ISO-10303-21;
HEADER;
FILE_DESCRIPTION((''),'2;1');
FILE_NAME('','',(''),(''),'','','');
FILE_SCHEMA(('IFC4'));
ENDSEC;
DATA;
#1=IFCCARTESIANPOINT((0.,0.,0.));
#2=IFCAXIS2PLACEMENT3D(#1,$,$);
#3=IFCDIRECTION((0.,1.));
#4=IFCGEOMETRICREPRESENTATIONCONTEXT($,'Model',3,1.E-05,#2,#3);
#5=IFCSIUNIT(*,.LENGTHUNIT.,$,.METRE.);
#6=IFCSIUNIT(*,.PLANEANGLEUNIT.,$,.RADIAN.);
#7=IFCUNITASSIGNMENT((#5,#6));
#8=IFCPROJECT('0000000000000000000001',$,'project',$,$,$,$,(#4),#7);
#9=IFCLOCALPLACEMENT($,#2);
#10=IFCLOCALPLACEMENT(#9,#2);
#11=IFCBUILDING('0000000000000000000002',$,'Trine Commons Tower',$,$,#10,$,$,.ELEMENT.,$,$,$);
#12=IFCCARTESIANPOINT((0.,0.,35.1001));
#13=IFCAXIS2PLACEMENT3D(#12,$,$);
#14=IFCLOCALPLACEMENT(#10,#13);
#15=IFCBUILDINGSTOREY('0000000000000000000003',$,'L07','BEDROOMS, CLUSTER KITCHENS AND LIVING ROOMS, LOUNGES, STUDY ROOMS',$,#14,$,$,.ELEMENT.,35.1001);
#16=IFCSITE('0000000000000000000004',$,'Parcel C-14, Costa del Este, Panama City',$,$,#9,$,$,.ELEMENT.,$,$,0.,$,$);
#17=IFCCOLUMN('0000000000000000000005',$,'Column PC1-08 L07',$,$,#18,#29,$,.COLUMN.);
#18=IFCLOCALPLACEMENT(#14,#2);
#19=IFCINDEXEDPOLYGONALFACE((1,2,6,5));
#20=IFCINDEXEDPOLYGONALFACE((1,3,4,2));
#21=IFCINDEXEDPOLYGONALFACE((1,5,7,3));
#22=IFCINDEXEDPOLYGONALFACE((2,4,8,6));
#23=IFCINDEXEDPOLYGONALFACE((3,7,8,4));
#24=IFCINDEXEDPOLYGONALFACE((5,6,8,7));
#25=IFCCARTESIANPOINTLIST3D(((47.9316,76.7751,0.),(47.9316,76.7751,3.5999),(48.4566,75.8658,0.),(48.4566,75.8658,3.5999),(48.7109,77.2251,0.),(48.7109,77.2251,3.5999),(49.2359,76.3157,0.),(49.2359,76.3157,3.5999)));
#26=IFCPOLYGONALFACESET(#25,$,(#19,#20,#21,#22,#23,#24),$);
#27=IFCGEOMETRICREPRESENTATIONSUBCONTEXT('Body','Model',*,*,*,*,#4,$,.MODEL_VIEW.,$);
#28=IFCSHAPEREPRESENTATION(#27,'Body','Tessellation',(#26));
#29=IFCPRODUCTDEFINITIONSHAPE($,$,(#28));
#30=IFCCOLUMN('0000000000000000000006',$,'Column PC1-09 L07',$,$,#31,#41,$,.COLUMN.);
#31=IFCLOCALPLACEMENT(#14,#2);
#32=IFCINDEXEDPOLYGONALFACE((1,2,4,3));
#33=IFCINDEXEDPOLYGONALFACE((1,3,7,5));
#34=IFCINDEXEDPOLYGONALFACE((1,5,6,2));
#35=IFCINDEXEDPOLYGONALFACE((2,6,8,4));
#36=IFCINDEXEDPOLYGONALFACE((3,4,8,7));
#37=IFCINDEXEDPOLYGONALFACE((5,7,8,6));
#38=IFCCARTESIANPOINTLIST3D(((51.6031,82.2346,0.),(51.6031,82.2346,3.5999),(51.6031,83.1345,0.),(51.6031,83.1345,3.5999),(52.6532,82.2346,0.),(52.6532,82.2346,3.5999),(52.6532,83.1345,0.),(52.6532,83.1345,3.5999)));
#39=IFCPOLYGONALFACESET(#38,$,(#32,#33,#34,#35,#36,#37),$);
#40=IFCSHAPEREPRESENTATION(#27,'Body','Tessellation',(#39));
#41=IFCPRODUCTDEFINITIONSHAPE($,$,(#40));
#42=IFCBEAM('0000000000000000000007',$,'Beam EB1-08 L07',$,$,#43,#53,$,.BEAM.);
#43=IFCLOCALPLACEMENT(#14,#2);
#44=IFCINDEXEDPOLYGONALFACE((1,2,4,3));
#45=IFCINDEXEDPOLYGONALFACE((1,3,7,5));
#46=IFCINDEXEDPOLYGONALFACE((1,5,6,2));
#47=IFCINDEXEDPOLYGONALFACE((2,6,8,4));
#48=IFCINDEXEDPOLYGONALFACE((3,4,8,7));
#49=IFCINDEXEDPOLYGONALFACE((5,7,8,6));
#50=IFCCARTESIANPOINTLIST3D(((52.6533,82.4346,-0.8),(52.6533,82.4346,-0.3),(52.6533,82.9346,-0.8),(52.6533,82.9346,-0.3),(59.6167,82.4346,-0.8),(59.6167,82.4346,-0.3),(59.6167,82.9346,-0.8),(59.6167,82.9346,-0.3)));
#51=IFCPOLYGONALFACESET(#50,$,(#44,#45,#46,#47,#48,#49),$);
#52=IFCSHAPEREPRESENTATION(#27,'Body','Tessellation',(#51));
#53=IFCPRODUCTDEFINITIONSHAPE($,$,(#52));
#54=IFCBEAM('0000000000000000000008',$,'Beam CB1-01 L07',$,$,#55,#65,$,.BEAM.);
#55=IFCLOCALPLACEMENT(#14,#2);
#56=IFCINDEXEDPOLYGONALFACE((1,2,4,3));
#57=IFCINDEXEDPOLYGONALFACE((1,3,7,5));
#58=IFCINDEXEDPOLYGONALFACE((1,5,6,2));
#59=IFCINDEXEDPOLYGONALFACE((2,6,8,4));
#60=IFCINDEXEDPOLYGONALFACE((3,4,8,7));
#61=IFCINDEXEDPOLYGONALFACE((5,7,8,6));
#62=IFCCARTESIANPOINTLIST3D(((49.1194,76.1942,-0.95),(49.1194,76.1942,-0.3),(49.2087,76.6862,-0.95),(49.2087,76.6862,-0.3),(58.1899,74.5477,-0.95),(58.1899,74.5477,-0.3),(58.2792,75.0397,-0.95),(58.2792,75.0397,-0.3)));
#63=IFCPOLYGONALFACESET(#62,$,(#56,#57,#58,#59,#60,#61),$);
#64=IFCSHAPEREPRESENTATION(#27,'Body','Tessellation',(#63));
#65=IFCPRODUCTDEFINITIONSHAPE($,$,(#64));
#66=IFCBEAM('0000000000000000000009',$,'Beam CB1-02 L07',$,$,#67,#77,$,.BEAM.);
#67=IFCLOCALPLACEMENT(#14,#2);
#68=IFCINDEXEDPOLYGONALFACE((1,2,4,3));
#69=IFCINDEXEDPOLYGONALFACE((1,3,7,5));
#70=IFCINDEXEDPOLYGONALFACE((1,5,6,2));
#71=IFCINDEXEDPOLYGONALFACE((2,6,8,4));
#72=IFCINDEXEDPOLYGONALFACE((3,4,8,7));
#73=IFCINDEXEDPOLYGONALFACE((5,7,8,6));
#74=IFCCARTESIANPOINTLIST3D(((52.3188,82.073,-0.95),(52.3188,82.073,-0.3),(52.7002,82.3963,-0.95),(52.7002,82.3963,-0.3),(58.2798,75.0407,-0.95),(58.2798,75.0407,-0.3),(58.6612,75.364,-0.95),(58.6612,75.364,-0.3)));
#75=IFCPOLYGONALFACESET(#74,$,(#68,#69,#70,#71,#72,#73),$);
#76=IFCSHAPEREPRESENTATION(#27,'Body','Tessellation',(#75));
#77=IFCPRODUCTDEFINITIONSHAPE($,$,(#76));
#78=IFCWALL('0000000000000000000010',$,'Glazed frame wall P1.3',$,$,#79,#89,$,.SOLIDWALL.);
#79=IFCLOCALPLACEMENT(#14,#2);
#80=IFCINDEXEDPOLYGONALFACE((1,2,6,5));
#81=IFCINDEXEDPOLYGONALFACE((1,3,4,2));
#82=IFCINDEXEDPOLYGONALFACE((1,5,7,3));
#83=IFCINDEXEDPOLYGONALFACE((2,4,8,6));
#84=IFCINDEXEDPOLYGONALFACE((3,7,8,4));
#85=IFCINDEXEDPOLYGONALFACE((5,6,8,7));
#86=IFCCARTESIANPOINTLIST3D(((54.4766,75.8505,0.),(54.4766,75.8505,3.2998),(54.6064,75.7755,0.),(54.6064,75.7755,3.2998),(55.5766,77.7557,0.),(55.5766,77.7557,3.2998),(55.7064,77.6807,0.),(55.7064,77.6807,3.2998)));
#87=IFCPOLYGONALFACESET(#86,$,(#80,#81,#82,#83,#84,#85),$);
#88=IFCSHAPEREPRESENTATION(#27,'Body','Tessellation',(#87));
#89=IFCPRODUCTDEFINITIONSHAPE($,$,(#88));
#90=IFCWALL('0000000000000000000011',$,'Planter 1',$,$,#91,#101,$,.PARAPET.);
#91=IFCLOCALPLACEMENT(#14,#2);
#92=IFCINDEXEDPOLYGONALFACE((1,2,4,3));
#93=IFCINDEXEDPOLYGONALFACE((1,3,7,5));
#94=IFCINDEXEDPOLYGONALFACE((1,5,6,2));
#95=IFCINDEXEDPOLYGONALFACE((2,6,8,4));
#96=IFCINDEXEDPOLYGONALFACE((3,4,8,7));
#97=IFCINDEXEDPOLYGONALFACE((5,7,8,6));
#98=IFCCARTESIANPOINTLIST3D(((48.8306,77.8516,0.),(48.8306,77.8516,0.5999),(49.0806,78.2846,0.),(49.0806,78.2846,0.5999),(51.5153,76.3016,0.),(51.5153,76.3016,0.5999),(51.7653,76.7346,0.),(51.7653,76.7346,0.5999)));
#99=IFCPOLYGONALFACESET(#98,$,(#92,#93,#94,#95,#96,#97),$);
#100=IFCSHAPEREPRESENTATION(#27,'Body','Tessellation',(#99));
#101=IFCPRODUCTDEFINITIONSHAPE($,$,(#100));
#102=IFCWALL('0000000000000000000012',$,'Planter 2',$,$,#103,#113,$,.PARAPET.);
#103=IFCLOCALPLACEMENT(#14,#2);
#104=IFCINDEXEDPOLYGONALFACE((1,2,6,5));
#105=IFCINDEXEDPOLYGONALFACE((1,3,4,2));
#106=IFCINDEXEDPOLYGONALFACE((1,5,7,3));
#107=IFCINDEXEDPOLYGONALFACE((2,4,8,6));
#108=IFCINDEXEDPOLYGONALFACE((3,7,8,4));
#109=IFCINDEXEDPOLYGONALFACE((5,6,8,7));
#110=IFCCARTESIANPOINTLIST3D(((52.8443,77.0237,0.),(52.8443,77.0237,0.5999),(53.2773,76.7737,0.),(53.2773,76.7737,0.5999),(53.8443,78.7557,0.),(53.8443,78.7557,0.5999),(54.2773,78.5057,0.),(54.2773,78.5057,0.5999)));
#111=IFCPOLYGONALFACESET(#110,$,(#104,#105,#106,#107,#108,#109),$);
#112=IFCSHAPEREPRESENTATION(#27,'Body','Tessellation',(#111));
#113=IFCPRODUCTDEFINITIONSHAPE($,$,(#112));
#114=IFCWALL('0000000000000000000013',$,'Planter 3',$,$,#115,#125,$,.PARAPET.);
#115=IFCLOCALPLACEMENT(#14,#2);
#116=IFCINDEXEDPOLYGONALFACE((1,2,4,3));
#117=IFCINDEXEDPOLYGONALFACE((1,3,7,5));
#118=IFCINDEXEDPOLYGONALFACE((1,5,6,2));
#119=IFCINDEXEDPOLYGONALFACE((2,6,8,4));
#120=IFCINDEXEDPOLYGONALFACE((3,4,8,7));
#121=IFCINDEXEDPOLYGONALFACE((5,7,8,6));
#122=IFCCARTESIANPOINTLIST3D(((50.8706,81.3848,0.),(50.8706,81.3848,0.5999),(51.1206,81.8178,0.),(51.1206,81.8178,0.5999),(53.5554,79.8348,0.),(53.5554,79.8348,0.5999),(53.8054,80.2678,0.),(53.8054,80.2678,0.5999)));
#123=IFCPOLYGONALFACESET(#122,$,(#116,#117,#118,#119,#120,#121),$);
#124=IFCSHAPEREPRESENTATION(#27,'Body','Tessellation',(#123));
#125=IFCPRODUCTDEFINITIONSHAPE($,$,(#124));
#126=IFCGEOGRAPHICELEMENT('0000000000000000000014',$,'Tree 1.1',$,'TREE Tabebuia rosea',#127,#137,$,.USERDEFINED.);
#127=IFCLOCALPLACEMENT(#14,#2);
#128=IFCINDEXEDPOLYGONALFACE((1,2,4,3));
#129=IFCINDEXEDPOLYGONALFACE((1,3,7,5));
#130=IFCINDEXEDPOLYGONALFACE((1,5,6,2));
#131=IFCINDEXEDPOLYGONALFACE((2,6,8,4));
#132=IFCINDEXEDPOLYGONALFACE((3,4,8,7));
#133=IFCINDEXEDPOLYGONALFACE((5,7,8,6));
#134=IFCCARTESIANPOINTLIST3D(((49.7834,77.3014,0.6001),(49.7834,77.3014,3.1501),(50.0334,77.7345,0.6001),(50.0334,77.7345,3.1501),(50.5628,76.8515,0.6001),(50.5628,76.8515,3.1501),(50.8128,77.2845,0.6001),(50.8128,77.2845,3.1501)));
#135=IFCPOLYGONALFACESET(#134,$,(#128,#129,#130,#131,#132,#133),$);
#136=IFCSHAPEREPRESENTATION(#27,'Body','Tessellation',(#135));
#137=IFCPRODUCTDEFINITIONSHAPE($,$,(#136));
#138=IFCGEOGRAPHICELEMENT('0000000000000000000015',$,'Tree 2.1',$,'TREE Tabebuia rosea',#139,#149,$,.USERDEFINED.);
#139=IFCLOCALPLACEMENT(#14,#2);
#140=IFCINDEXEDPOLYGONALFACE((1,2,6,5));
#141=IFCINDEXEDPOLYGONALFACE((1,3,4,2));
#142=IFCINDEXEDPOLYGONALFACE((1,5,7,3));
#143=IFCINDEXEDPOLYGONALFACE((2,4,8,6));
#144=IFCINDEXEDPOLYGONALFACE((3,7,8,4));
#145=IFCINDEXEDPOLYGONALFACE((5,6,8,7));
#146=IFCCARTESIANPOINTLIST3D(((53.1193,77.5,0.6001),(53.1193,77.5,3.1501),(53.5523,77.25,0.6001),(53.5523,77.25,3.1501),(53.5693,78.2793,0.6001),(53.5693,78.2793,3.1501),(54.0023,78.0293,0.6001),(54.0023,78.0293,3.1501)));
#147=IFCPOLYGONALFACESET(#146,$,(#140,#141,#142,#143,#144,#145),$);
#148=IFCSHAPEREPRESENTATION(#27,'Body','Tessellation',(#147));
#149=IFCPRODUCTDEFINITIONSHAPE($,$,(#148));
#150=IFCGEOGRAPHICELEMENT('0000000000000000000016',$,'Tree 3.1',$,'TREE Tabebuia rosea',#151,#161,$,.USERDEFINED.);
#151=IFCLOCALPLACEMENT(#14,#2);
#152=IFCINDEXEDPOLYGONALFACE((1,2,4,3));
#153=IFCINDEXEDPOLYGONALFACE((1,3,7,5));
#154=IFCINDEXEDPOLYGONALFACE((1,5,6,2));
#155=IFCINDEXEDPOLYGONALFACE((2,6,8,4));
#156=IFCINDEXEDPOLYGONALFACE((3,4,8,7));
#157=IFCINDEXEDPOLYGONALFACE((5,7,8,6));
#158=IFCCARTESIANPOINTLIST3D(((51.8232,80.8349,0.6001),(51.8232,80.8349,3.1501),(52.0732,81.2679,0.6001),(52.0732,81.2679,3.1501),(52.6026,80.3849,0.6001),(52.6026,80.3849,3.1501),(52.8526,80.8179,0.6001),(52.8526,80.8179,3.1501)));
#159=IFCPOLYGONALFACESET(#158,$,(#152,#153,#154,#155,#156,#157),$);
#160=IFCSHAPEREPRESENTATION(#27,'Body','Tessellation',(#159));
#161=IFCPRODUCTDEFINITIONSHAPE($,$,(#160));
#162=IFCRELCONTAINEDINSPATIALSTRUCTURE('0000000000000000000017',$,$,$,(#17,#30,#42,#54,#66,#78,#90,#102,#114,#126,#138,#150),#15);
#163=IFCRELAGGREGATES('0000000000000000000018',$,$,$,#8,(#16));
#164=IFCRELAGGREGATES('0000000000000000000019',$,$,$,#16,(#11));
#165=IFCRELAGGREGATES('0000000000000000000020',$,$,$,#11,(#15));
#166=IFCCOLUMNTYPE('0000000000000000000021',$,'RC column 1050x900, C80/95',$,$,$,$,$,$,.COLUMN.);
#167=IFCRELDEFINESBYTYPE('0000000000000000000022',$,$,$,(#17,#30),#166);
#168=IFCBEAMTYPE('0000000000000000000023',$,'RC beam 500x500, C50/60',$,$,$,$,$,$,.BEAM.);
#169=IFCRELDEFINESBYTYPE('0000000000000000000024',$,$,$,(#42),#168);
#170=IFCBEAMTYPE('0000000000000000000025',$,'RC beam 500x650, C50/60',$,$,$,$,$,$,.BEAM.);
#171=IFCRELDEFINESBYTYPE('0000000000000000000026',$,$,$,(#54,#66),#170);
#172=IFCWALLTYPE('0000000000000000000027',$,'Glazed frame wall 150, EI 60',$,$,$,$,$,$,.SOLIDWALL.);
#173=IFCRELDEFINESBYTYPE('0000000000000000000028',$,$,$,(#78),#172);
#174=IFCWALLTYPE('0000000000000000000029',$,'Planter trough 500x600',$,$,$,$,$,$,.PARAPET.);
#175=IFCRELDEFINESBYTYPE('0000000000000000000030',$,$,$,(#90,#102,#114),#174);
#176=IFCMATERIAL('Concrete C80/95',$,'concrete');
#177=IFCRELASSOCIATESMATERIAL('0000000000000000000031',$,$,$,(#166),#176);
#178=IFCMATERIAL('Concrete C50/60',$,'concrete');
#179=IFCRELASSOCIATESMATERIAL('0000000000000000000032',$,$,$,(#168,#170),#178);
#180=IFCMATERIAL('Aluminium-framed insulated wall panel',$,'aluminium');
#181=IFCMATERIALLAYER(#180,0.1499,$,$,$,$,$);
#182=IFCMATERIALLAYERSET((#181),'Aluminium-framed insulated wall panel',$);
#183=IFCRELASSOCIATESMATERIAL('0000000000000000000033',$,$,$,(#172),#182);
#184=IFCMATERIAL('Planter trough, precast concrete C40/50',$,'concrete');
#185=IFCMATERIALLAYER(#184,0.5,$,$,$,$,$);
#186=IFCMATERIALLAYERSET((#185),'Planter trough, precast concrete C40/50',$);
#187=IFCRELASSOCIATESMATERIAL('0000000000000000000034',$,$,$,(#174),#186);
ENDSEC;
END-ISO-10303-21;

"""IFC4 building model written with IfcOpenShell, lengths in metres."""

from ifc_helpers import new_model, si_unit, direction, frame, frame_2d, origin, origin_2d, place, context, subcontext, project, spatial, polyline, rectangle, outline, extrude, material, layer, layer_set, material_profile, profile_set, type_object, element, save


model = new_model("IFC4")

# Units and contexts
model_context = context("Model", 3, precision=1e-05, world=origin(), true_north=direction((0.0, 1.0)))
body_context = subcontext(model_context, "Body", "Model", "MODEL_VIEW")
ifc_project = project(units=[si_unit("LENGTHUNIT", "METRE"), si_unit("PLANEANGLEUNIT", "RADIAN")], contexts=[model_context])

# Site, building, storey
site_placement = place(None, origin())
site = spatial("IfcSite", under=ifc_project, at=site_placement, Name="Parcel C-14, Costa del Este, Panama City", CompositionType="ELEMENT", RefElevation=0.0)
building_placement = place(site_placement, origin())
building = spatial("IfcBuilding", under=site, at=building_placement, Name="Trine Commons Tower", CompositionType="ELEMENT")
storey_placement = place(building_placement, frame((0.0, 0.0, 35.1001)))
storey = spatial("IfcBuildingStorey", under=building, at=storey_placement, Name="L07", Description="BEDROOMS, CLUSTER KITCHENS AND LIVING ROOMS, LOUNGES, STUDY ROOMS", CompositionType="ELEMENT", Elevation=35.1001)

# Columns
ifc_material_1 = material(Name="Concrete C80/95", Category="concrete")
ifc_material_profile_1 = material_profile(ifc_material_1, rectangle(XDim=1.05, YDim=0.8999, at=origin_2d()), Name="RC 1050x900")
ifc_profile_set_1 = profile_set([ifc_material_profile_1], Name="Concrete C80/95")
column_type = type_object("IfcColumnType", Name="RC column 1050x900, C80/95", PredefinedType="COLUMN", material=ifc_profile_set_1)
for number, where, z_axis, x_axis, name in (
    (1, (48.5837, 76.5454, 0.0), (0.0, 0.0, 1.0), (-0.5, 0.866025, 0.0), "Column PC1-08 L07"),
    (2, (52.1282, 82.6846, 0.0), (0.0, 0.0, 1.0), (1.0, 0.0, 0.0), "Column PC1-09 L07"),
):
    element("IfcColumn", number, at=place(storey_placement, frame(where, z_axis=z_axis, x_axis=x_axis)), inside=storey, type_object=column_type, Name=name, PredefinedType="COLUMN", context=body_context, shape_type="SweptSolid", body=[
        extrude(rectangle(XDim=1.05, YDim=0.8999, at=origin_2d()), origin(), (0.0, 0.0, 1.0), 3.5999),
    ])

# Beams
ifc_material_2 = material(Name="Concrete C50/60", Category="concrete")
ifc_material_profile_2 = material_profile(ifc_material_2, rectangle(XDim=0.5, YDim=0.5, at=origin_2d()), Name="RC 500x500")
ifc_profile_set_2 = profile_set([ifc_material_profile_2], Name="Concrete C50/60")
beam_type_1 = type_object("IfcBeamType", Name="RC beam 500x500, C50/60", PredefinedType="BEAM", material=ifc_profile_set_2)
beam_placement = place(storey_placement, frame((52.6533, 82.6846, -0.55), z_axis=(1.0, 0.0, 0.0), x_axis=(0.0, 1.0, 0.0)))
element("IfcBeam", 3, at=beam_placement, inside=storey, type_object=beam_type_1, Name="Beam EB1-08 L07", PredefinedType="BEAM", context=body_context, shape_type="SweptSolid", body=[
    extrude(rectangle(XDim=0.5, YDim=0.5, at=origin_2d()), origin(), (0.0, 0.0, 1.0), 6.9634),
])
ifc_material_profile_3 = material_profile(ifc_material_2, rectangle(XDim=0.5, YDim=0.6499, at=origin_2d()), Name="RC 500x650")
ifc_profile_set_3 = profile_set([ifc_material_profile_3], Name="Concrete C50/60")
beam_type_2 = type_object("IfcBeamType", Name="RC beam 500x650, C50/60", PredefinedType="BEAM", material=ifc_profile_set_3)
for number, where, z_axis, x_axis, name in (
    (4, (49.1641, 76.4402, -0.625), (0.983922, -0.178601, 0.0), (0.178601, 0.983922, 0.0), "Beam CB1-01 L07"),
    (5, (52.5095, 82.2346, -0.625), (0.646612, -0.762819, 0.0), (0.762819, 0.646612, 0.0), "Beam CB1-02 L07"),
):
    element("IfcBeam", number, at=place(storey_placement, frame(where, z_axis=z_axis, x_axis=x_axis)), inside=storey, type_object=beam_type_2, Name=name, PredefinedType="BEAM", context=body_context, shape_type="SweptSolid", body=[
        extrude(rectangle(XDim=0.5, YDim=0.6499, at=origin_2d()), origin(), (0.0, 0.0, 1.0), 9.2188),
    ])

# Walls
ifc_material_3 = material(Name="Aluminium-framed insulated wall panel", Category="aluminium")
ifc_layer_1 = layer(ifc_material_3, 0.1499)
ifc_layer_set_1 = layer_set([ifc_layer_1], Name="Aluminium-framed insulated wall panel")
wall_type_1 = type_object("IfcWallType", Name="Glazed frame wall 150, EI 60", PredefinedType="SOLIDWALL", material=ifc_layer_set_1)
wall_1_placement = place(storey_placement, frame((54.5415, 75.813, 0.0), z_axis=(0.0, 0.0, 1.0), x_axis=(0.499995, 0.866028, 0.0)))
element("IfcWall", 6, at=wall_1_placement, inside=storey, type_object=wall_type_1, Name="Glazed frame wall P1.3", PredefinedType="SOLIDWALL", context=body_context, shape_type="SweptSolid", body=[
    extrude(outline(polyline([(0.0, -0.075), (2.2, -0.075), (2.2, 0.075), (0.0, 0.075), (0.0, -0.075)])), origin(), (0.0, 0.0, 1.0), 3.2998),
])
ifc_material_4 = material(Name="Planter trough, precast concrete C40/50", Category="concrete")
ifc_layer_2 = layer(ifc_material_4, 0.5)
ifc_layer_set_2 = layer_set([ifc_layer_2], Name="Planter trough, precast concrete C40/50")
wall_type_2 = type_object("IfcWallType", Name="Planter trough 500x600", PredefinedType="PARAPET", material=ifc_layer_set_2)
wall_2_placement = place(storey_placement, frame((48.9556, 78.0681, 0.0), z_axis=(0.0, 0.0, 1.0), x_axis=(0.86603, -0.499993, 0.0)))
element("IfcWall", 7, at=wall_2_placement, inside=storey, type_object=wall_type_2, Name="Planter 1", PredefinedType="PARAPET", context=body_context, shape_type="SweptSolid", body=[
    extrude(rectangle(XDim=3.1001, YDim=0.5, at=frame_2d((1.55, 0.0))), origin(), (0.0, 0.0, 1.0), 0.5999),
])
wall_3_placement = place(storey_placement, frame((53.0608, 76.8987, 0.0), z_axis=(0.0, 0.0, 1.0), x_axis=(0.500025, 0.866011, 0.0)))
element("IfcWall", 8, at=wall_3_placement, inside=storey, type_object=wall_type_2, Name="Planter 2", PredefinedType="PARAPET", context=body_context, shape_type="SweptSolid", body=[
    extrude(rectangle(XDim=2.0, YDim=0.5, at=frame_2d((1.0, 0.0))), origin(), (0.0, 0.0, 1.0), 0.5999),
])
wall_4_placement = place(storey_placement, frame((53.6804, 80.0513, 0.0), z_axis=(0.0, 0.0, 1.0), x_axis=(-0.86603, 0.499993, 0.0)))
element("IfcWall", 9, at=wall_4_placement, inside=storey, type_object=wall_type_2, Name="Planter 3", PredefinedType="PARAPET", context=body_context, shape_type="SweptSolid", body=[
    extrude(rectangle(XDim=3.1001, YDim=0.5, at=frame_2d((1.55, 0.0))), origin(), (0.0, 0.0, 1.0), 0.5999),
])

# Geographic elements
for number, where, z_axis, x_axis, name in (
    (10, (50.2981, 77.293, 0.6001), (0.0, 0.0, 1.0), (0.866026, -0.499998, 0.0), "Tree 1.1"),
    (11, (53.5608, 77.7646, 0.6001), (0.0, 0.0, 1.0), (0.500011, 0.866019, 0.0), "Tree 2.1"),
    (12, (52.3379, 80.8264, 0.6001), (0.0, 0.0, 1.0), (-0.866026, 0.499998, 0.0), "Tree 3.1"),
):
    element("IfcGeographicElement", number, at=place(storey_placement, frame(where, z_axis=z_axis, x_axis=x_axis)), inside=storey, Name=name, ObjectType="TREE Tabebuia rosea", PredefinedType="USERDEFINED", context=body_context, shape_type="SweptSolid", body=[
        extrude(rectangle(XDim=0.8999, YDim=0.5, at=origin_2d()), origin(), (0.0, 0.0, 1.0), 2.55),
    ])

save(model, "model.ifc")
